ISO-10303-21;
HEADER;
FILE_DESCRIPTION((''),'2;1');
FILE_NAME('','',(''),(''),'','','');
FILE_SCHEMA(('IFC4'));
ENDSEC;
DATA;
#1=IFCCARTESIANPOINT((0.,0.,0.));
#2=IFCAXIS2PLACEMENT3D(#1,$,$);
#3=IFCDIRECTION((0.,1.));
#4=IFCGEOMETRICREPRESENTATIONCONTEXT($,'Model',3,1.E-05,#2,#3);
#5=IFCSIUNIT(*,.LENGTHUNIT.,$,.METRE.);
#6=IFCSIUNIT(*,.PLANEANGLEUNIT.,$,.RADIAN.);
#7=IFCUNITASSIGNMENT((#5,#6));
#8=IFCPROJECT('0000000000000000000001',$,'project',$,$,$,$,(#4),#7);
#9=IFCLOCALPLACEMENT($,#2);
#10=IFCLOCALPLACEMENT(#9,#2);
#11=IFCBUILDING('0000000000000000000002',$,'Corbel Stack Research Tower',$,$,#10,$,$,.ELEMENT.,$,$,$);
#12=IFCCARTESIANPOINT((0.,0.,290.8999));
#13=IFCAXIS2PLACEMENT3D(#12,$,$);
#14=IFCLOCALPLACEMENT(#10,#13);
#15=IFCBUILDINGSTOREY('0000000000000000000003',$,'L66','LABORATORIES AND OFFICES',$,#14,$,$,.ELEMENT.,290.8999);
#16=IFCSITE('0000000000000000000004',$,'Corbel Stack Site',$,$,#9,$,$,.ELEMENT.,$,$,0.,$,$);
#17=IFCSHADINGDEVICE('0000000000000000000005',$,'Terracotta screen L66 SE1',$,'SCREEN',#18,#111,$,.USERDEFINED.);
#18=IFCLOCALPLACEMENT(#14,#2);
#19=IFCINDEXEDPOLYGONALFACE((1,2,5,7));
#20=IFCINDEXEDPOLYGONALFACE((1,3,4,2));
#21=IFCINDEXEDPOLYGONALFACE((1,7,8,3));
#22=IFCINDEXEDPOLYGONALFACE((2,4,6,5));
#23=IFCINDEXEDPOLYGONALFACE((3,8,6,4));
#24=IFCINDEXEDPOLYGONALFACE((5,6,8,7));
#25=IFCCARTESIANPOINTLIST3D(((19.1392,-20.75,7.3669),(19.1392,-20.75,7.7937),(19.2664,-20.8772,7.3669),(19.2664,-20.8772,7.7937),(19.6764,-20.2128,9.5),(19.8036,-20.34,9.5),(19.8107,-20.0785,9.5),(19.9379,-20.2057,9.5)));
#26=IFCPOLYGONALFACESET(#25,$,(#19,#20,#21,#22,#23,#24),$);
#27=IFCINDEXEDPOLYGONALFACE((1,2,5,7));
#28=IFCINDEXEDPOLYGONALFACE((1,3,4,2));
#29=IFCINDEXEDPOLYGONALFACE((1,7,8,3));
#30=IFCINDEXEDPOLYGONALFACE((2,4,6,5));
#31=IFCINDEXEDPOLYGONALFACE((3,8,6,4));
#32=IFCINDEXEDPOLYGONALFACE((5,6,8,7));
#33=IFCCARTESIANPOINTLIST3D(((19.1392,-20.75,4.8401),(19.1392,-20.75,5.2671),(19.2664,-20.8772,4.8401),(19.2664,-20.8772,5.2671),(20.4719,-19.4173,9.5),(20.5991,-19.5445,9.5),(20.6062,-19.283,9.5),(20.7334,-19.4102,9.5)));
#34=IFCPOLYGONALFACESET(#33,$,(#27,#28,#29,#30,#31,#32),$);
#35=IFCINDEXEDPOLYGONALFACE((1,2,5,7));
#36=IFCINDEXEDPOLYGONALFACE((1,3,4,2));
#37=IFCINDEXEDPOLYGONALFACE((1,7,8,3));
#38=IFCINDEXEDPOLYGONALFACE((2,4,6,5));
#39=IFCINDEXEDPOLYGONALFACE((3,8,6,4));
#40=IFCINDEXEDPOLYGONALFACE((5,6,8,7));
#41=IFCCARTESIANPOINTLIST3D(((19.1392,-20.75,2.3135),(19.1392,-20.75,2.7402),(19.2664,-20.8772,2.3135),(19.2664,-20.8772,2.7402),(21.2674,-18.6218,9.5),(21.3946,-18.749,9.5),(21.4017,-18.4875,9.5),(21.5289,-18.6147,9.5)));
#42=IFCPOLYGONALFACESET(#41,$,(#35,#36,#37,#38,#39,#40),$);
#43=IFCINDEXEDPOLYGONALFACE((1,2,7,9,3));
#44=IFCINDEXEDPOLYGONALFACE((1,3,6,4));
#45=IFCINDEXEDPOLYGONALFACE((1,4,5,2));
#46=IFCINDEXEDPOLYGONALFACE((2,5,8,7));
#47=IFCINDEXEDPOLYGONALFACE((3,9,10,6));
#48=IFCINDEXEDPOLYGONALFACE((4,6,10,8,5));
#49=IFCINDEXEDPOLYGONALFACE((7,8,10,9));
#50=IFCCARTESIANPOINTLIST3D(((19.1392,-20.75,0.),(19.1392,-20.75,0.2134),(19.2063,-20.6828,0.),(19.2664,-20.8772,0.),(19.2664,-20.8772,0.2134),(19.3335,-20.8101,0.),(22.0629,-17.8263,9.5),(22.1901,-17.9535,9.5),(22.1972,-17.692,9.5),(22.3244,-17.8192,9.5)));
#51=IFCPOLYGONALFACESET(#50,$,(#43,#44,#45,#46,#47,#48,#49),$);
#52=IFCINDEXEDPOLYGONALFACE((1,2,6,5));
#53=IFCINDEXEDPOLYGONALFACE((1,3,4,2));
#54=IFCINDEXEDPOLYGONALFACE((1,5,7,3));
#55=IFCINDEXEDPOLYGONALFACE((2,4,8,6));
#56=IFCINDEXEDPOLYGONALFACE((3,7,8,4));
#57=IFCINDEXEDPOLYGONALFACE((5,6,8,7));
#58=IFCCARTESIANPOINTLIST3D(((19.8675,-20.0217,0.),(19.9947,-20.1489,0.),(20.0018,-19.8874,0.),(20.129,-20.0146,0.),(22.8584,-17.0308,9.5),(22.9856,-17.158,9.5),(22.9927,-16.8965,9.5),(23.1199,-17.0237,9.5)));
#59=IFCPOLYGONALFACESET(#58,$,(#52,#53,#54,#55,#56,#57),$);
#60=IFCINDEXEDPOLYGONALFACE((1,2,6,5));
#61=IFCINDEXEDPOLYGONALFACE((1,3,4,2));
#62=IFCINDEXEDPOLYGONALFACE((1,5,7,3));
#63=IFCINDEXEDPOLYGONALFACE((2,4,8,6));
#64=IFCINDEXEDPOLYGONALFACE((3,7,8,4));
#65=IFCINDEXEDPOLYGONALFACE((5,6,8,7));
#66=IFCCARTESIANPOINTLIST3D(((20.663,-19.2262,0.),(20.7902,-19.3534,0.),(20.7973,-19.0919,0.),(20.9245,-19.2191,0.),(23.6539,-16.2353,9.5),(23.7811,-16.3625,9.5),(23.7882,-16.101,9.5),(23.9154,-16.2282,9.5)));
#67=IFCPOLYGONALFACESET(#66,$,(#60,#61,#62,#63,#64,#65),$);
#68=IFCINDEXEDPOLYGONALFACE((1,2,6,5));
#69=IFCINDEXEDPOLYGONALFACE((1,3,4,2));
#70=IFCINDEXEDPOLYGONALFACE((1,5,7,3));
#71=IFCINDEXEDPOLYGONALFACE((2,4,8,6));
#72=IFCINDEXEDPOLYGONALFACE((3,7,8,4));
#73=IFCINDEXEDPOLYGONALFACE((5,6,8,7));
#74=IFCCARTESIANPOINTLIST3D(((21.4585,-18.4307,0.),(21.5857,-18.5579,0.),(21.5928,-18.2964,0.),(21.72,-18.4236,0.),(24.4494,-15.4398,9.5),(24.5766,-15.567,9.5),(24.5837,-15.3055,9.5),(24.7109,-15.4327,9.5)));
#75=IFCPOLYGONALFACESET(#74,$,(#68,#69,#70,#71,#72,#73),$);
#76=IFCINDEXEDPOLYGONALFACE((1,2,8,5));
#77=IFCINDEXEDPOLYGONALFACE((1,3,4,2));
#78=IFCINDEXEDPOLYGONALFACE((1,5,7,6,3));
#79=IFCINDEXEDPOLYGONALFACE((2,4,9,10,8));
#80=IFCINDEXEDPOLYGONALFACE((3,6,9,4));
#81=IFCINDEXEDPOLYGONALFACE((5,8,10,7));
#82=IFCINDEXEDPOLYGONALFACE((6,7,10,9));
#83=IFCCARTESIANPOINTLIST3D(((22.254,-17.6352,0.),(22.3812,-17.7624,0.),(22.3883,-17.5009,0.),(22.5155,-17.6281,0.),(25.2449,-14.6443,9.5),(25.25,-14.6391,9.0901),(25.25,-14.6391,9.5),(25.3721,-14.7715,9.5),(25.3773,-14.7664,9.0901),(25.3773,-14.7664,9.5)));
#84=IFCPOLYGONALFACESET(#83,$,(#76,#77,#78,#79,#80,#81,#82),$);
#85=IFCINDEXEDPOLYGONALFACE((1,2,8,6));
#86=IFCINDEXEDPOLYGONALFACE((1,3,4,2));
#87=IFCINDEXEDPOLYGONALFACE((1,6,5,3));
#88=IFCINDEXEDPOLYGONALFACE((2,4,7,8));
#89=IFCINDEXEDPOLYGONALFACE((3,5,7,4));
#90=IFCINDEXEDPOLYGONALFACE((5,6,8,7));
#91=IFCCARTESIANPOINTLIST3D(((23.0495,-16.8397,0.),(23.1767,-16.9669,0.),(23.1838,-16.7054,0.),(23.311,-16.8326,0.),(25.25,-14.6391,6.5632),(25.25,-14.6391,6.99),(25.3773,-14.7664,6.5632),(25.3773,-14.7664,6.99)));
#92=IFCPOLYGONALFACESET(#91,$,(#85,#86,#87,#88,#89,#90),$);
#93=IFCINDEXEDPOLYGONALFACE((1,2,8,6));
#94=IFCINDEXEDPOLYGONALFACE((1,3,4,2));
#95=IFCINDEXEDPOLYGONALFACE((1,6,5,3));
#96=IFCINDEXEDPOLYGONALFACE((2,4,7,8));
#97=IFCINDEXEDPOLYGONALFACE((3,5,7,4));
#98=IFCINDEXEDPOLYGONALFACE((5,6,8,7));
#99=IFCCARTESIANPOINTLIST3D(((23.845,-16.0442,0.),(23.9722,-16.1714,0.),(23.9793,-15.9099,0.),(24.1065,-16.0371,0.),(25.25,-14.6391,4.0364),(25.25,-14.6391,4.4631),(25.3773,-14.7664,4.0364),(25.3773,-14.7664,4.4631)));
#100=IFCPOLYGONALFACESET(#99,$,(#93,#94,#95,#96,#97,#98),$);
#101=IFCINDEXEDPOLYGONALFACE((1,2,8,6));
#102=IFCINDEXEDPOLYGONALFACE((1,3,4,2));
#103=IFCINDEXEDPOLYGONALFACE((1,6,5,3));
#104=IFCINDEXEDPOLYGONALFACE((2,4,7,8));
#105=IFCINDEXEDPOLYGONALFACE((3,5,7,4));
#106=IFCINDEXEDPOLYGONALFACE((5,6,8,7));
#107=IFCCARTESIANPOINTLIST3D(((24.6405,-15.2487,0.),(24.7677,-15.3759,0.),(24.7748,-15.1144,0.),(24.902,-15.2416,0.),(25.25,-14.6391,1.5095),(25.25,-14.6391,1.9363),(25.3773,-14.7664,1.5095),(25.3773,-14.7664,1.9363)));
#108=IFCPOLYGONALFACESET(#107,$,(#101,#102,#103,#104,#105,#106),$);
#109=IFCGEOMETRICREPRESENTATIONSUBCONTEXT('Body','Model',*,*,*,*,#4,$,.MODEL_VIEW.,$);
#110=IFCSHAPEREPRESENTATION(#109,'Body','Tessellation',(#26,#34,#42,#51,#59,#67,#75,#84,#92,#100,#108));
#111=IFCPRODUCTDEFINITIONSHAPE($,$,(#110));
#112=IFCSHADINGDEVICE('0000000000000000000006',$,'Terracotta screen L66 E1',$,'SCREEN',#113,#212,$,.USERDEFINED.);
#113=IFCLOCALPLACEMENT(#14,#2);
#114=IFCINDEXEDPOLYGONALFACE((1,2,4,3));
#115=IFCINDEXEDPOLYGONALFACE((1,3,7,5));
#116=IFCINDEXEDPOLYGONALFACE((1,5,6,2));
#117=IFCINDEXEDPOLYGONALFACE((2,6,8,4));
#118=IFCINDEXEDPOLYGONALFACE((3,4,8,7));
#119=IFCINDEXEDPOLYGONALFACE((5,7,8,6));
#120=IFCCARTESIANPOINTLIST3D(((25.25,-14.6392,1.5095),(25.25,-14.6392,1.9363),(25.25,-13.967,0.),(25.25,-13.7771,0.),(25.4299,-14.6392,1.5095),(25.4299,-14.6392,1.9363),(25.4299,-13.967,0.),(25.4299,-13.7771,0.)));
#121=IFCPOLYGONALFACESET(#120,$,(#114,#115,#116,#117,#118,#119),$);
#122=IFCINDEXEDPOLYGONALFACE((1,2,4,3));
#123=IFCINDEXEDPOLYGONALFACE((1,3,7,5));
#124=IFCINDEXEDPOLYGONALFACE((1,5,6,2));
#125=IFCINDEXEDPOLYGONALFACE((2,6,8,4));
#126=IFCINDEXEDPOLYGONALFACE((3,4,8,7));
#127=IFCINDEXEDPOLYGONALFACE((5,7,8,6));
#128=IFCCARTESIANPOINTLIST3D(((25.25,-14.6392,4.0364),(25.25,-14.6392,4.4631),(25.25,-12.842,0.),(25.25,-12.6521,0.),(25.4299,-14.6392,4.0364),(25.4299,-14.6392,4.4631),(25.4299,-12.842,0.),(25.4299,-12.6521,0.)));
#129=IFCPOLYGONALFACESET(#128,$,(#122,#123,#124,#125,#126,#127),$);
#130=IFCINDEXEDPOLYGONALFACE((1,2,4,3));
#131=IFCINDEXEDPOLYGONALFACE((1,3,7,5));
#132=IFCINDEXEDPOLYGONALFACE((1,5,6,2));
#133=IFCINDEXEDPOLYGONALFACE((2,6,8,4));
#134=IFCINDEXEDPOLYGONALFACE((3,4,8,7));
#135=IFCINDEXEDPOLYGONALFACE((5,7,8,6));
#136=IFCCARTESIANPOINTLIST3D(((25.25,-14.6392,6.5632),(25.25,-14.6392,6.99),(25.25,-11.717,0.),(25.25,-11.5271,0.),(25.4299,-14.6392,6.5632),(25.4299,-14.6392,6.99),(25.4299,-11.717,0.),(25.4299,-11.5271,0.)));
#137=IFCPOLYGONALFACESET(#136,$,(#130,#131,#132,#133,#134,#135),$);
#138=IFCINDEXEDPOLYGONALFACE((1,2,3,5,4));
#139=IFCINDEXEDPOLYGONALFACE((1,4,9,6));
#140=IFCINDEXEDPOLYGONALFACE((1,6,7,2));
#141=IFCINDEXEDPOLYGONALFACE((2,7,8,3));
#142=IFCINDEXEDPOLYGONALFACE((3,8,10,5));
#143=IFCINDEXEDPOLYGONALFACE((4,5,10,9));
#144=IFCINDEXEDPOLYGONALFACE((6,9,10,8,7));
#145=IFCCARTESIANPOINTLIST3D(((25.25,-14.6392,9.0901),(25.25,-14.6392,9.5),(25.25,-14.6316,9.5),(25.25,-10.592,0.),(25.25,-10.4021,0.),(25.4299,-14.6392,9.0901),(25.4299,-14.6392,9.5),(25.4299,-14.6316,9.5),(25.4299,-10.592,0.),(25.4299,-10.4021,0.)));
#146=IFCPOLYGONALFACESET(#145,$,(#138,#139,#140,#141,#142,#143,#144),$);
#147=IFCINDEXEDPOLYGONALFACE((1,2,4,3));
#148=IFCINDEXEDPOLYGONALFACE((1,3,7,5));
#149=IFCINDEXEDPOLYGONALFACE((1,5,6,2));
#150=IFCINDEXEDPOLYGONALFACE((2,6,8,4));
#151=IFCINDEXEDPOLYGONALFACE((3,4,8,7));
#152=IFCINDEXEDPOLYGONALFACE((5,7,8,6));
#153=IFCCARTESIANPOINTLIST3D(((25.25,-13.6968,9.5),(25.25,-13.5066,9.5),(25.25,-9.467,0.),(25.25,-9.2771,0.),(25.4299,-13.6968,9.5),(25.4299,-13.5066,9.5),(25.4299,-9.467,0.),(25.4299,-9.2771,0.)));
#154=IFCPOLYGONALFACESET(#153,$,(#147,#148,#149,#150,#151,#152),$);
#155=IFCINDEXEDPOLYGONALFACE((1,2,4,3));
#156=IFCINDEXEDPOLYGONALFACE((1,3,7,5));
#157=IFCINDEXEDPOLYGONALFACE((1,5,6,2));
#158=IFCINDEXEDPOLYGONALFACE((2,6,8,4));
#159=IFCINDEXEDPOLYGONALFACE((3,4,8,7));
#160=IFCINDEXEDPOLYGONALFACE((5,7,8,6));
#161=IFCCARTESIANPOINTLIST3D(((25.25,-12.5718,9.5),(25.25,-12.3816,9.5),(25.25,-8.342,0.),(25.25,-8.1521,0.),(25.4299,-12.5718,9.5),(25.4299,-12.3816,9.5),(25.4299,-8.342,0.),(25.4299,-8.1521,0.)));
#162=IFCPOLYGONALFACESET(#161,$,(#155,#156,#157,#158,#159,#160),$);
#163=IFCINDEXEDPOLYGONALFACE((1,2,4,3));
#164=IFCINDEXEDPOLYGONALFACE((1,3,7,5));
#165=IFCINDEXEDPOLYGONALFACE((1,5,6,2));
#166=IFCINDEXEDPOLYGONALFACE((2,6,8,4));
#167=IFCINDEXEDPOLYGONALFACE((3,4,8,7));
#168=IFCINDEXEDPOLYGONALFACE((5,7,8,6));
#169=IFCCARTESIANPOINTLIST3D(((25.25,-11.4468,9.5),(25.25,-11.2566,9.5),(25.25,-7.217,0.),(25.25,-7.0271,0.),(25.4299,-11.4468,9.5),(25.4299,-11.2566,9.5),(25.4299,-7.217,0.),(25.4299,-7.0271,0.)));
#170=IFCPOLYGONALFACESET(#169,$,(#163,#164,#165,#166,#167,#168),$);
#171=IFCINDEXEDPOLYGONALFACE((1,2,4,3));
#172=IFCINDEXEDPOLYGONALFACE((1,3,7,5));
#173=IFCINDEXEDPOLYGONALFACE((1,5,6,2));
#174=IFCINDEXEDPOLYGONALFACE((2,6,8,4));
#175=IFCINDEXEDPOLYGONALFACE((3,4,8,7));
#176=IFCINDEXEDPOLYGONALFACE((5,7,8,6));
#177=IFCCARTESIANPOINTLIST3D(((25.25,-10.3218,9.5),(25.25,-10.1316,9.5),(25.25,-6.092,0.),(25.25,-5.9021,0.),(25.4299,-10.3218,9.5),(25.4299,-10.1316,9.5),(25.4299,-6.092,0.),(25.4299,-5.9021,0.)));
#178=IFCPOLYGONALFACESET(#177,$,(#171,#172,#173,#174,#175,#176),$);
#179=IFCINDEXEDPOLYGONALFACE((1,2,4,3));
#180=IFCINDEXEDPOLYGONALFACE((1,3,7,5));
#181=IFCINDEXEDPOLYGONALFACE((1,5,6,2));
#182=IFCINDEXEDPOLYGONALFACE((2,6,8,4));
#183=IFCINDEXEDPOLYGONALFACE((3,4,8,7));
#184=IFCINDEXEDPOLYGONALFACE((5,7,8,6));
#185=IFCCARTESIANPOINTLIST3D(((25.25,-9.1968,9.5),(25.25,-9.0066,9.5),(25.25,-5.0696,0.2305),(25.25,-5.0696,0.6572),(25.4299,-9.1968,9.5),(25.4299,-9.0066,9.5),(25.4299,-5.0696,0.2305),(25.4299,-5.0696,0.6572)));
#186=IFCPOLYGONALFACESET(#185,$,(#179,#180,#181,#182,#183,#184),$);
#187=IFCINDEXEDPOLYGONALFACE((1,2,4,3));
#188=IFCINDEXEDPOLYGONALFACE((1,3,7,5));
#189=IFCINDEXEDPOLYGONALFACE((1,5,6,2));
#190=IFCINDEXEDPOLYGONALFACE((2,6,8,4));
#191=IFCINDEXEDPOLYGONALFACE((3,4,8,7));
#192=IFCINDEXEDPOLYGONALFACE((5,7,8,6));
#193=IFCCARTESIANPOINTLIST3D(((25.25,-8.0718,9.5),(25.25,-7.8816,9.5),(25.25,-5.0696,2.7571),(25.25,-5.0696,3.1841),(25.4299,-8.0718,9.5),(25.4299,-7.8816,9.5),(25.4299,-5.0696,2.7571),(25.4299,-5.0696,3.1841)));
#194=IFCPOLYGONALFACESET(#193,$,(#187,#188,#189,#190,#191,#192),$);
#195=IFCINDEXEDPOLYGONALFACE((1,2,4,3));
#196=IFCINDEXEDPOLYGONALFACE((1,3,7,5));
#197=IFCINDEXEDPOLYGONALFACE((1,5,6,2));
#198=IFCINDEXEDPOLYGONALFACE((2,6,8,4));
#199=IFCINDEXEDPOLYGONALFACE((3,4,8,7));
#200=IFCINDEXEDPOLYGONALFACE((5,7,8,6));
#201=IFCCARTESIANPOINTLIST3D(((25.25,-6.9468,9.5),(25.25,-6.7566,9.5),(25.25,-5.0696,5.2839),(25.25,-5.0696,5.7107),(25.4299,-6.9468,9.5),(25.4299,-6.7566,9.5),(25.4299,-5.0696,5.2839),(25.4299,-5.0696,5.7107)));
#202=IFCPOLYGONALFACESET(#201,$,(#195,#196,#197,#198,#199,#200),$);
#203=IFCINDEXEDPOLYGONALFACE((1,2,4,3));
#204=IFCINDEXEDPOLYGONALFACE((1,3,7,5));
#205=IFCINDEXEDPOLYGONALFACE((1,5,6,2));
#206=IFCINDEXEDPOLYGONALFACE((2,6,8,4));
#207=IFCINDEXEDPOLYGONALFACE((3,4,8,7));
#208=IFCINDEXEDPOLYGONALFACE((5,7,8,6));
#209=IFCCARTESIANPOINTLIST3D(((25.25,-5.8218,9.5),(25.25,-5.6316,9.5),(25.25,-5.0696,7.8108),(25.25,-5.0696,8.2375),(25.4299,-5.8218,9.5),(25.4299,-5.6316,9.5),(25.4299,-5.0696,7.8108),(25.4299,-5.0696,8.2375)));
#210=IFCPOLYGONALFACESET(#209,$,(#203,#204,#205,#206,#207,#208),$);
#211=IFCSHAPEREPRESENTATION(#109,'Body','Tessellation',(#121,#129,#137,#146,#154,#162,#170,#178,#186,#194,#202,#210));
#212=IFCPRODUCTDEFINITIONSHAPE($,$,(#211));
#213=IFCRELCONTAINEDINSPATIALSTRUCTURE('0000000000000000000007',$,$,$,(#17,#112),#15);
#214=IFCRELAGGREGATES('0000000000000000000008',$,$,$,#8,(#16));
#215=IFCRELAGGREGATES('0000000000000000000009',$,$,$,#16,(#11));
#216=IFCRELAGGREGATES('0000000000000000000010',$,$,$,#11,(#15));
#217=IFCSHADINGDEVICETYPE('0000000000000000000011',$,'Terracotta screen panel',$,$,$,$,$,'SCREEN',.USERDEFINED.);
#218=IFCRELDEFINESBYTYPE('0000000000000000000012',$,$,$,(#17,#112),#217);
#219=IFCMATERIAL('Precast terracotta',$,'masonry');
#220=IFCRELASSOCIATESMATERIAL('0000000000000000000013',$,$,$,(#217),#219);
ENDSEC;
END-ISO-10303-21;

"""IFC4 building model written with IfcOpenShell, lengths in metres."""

from ifc_helpers import new_model, si_unit, direction, frame, origin, place, context, subcontext, project, spatial, polyline, outline, extrude, source, transform, mapped, material, type_object, element, save


model = new_model("IFC4")

# Units and contexts
model_context = context("Model", 3, precision=1e-05, world=origin(), true_north=direction((0.0, 1.0)))
body_context = subcontext(model_context, "Body", "Model", "MODEL_VIEW")
ifc_project = project(units=[si_unit("LENGTHUNIT", "METRE"), si_unit("PLANEANGLEUNIT", "RADIAN")], contexts=[model_context])

# Site, building, storey
site_placement = place(None, origin())
site = spatial("IfcSite", under=ifc_project, at=site_placement, Name="Corbel Stack Site", CompositionType="ELEMENT", RefElevation=0.0)
building_placement = place(site_placement, origin())
building = spatial("IfcBuilding", under=site, at=building_placement, Name="Corbel Stack Research Tower", CompositionType="ELEMENT")
storey_placement = place(building_placement, frame((0.0, 0.0, 290.8999)))
storey = spatial("IfcBuildingStorey", under=building, at=storey_placement, Name="L66", Description="LABORATORIES AND OFFICES", CompositionType="ELEMENT", Elevation=290.8999)

# Shading devices
ifc_material_1 = material(Name="Precast terracotta", Category="masonry")
shading_device_type = type_object("IfcShadingDeviceType", Name="Terracotta screen panel", ElementType="SCREEN", PredefinedType="USERDEFINED", material=ifc_material_1)
shared_shape_1 = source(origin(), body_context, "Body", "SweptSolid", [
    extrude(outline(polyline([(0.9497, 9.5), (0.7598, 9.5), (0.0, 7.7937), (0.0, 7.3669), (0.9497, 9.5)])), frame((0.0, 0.0, 0.0), z_axis=(0.0, -1.0, 0.0), x_axis=(1.0, 0.0, 0.0)), (0.0, 0.0, 1.0), 0.1799),
    extrude(outline(polyline([(2.0747, 9.5), (1.8848, 9.5), (0.0, 5.2671), (0.0, 4.8401), (2.0747, 9.5)])), frame((0.0, 0.0, 0.0), z_axis=(0.0, -1.0, 0.0), x_axis=(1.0, 0.0, 0.0)), (0.0, 0.0, 1.0), 0.1799),
    extrude(outline(polyline([(3.1997, 9.5), (3.0098, 9.5), (0.0, 2.7402), (0.0, 2.3135), (3.1997, 9.5)])), frame((0.0, 0.0, 0.0), z_axis=(0.0, -1.0, 0.0), x_axis=(1.0, 0.0, 0.0)), (0.0, 0.0, 1.0), 0.1799),
    extrude(outline(polyline([(0.095, 0.0), (4.3247, 9.5), (4.1348, 9.5), (0.0, 0.2134), (0.0, 0.0), (0.095, 0.0)])), frame((0.0, 0.0, 0.0), z_axis=(0.0, -1.0, 0.0), x_axis=(1.0, 0.0, 0.0)), (0.0, 0.0, 1.0), 0.1799),
    extrude(outline(polyline([(1.22, 0.0), (5.4497, 9.5), (5.2598, 9.5), (1.03, 0.0), (1.22, 0.0)])), frame((0.0, 0.0, 0.0), z_axis=(0.0, -1.0, 0.0), x_axis=(1.0, 0.0, 0.0)), (0.0, 0.0, 1.0), 0.1799),
    extrude(outline(polyline([(2.345, 0.0), (6.5747, 9.5), (6.3848, 9.5), (2.155, 0.0), (2.345, 0.0)])), frame((0.0, 0.0, 0.0), z_axis=(0.0, -1.0, 0.0), x_axis=(1.0, 0.0, 0.0)), (0.0, 0.0, 1.0), 0.1799),
    extrude(outline(polyline([(3.47, 0.0), (7.6997, 9.5), (7.5098, 9.5), (3.28, 0.0), (3.47, 0.0)])), frame((0.0, 0.0, 0.0), z_axis=(0.0, -1.0, 0.0), x_axis=(1.0, 0.0, 0.0)), (0.0, 0.0, 1.0), 0.1799),
    extrude(outline(polyline([(4.595, 0.0), (8.6421, 9.0901), (8.6421, 9.5), (8.6348, 9.5), (4.405, 0.0), (4.595, 0.0)])), frame((0.0, 0.0, 0.0), z_axis=(0.0, -1.0, 0.0), x_axis=(1.0, 0.0, 0.0)), (0.0, 0.0, 1.0), 0.1799),
    extrude(outline(polyline([(5.72, 0.0), (8.6421, 6.5632), (8.6421, 6.99), (5.53, 0.0), (5.72, 0.0)])), frame((0.0, 0.0, 0.0), z_axis=(0.0, -1.0, 0.0), x_axis=(1.0, 0.0, 0.0)), (0.0, 0.0, 1.0), 0.1799),
    extrude(outline(polyline([(6.845, 0.0), (8.6421, 4.0364), (8.6421, 4.4631), (6.655, 0.0), (6.845, 0.0)])), frame((0.0, 0.0, 0.0), z_axis=(0.0, -1.0, 0.0), x_axis=(1.0, 0.0, 0.0)), (0.0, 0.0, 1.0), 0.1799),
    extrude(outline(polyline([(7.97, 0.0), (8.6421, 1.5095), (8.6421, 1.9363), (7.78, 0.0), (7.97, 0.0)])), frame((0.0, 0.0, 0.0), z_axis=(0.0, -1.0, 0.0), x_axis=(1.0, 0.0, 0.0)), (0.0, 0.0, 1.0), 0.1799),
])
shading_device_1_placement = place(storey_placement, frame((19.1392, -20.75, 0.0), z_axis=(0.0, 0.0, 1.0), x_axis=(0.707107, 0.707107, 0.0)))
element("IfcShadingDevice", 1, at=shading_device_1_placement, inside=storey, type_object=shading_device_type, Name="Terracotta screen L66 SE1", ObjectType="SCREEN", PredefinedType="USERDEFINED", context=body_context, shape_type="MappedRepresentation", body=[
    mapped(shared_shape_1, transform((0.0, 0.0, 0.0))),
])
shared_shape_2 = source(origin(), body_context, "Body", "SweptSolid", [
    extrude(outline(polyline([(0.8621, 0.0), (0.0, 1.9363), (0.0, 1.5095), (0.6721, 0.0), (0.8621, 0.0)])), frame((0.0, 0.0, 0.0), z_axis=(0.0, -1.0, 0.0), x_axis=(1.0, 0.0, 0.0)), (0.0, 0.0, 1.0), 0.1799),
    extrude(outline(polyline([(1.9871, 0.0), (0.0, 4.4631), (0.0, 4.0364), (1.7971, 0.0), (1.9871, 0.0)])), frame((0.0, 0.0, 0.0), z_axis=(0.0, -1.0, 0.0), x_axis=(1.0, 0.0, 0.0)), (0.0, 0.0, 1.0), 0.1799),
    extrude(outline(polyline([(3.1121, 0.0), (0.0, 6.99), (0.0, 6.5632), (2.9221, 0.0), (3.1121, 0.0)])), frame((0.0, 0.0, 0.0), z_axis=(0.0, -1.0, 0.0), x_axis=(1.0, 0.0, 0.0)), (0.0, 0.0, 1.0), 0.1799),
    extrude(outline(polyline([(4.2371, 0.0), (0.0076, 9.5), (0.0, 9.5), (0.0, 9.0901), (4.0471, 0.0), (4.2371, 0.0)])), frame((0.0, 0.0, 0.0), z_axis=(0.0, -1.0, 0.0), x_axis=(1.0, 0.0, 0.0)), (0.0, 0.0, 1.0), 0.1799),
    extrude(outline(polyline([(5.3621, 0.0), (1.1326, 9.5), (0.9424, 9.5), (5.1721, 0.0), (5.3621, 0.0)])), frame((0.0, 0.0, 0.0), z_axis=(0.0, -1.0, 0.0), x_axis=(1.0, 0.0, 0.0)), (0.0, 0.0, 1.0), 0.1799),
    extrude(outline(polyline([(6.4871, 0.0), (2.2576, 9.5), (2.0674, 9.5), (6.2971, 0.0), (6.4871, 0.0)])), frame((0.0, 0.0, 0.0), z_axis=(0.0, -1.0, 0.0), x_axis=(1.0, 0.0, 0.0)), (0.0, 0.0, 1.0), 0.1799),
    extrude(outline(polyline([(7.6121, 0.0), (3.3826, 9.5), (3.1924, 9.5), (7.4221, 0.0), (7.6121, 0.0)])), frame((0.0, 0.0, 0.0), z_axis=(0.0, -1.0, 0.0), x_axis=(1.0, 0.0, 0.0)), (0.0, 0.0, 1.0), 0.1799),
    extrude(outline(polyline([(8.7371, 0.0), (4.5076, 9.5), (4.3174, 9.5), (8.5471, 0.0), (8.7371, 0.0)])), frame((0.0, 0.0, 0.0), z_axis=(0.0, -1.0, 0.0), x_axis=(1.0, 0.0, 0.0)), (0.0, 0.0, 1.0), 0.1799),
    extrude(outline(polyline([(5.6326, 9.5), (5.4424, 9.5), (9.5696, 0.2305), (9.5696, 0.6572), (5.6326, 9.5)])), frame((0.0, 0.0, 0.0), z_axis=(0.0, -1.0, 0.0), x_axis=(1.0, 0.0, 0.0)), (0.0, 0.0, 1.0), 0.1799),
    extrude(outline(polyline([(6.7576, 9.5), (6.5674, 9.5), (9.5696, 2.7571), (9.5696, 3.1841), (6.7576, 9.5)])), frame((0.0, 0.0, 0.0), z_axis=(0.0, -1.0, 0.0), x_axis=(1.0, 0.0, 0.0)), (0.0, 0.0, 1.0), 0.1799),
    extrude(outline(polyline([(7.8826, 9.5), (7.6924, 9.5), (9.5696, 5.2839), (9.5696, 5.7107), (7.8826, 9.5)])), frame((0.0, 0.0, 0.0), z_axis=(0.0, -1.0, 0.0), x_axis=(1.0, 0.0, 0.0)), (0.0, 0.0, 1.0), 0.1799),
    extrude(outline(polyline([(9.0076, 9.5), (8.8174, 9.5), (9.5696, 7.8108), (9.5696, 8.2375), (9.0076, 9.5)])), frame((0.0, 0.0, 0.0), z_axis=(0.0, -1.0, 0.0), x_axis=(1.0, 0.0, 0.0)), (0.0, 0.0, 1.0), 0.1799),
])
shading_device_2_placement = place(storey_placement, frame((25.25, -14.6392, 0.0), z_axis=(0.0, 0.0, 1.0), x_axis=(0.0, 1.0, 0.0)))
element("IfcShadingDevice", 2, at=shading_device_2_placement, inside=storey, type_object=shading_device_type, Name="Terracotta screen L66 E1", ObjectType="SCREEN", PredefinedType="USERDEFINED", context=body_context, shape_type="MappedRepresentation", body=[
    mapped(shared_shape_2, transform((0.0, 0.0, 0.0))),
])

save(model, "model.ifc")
